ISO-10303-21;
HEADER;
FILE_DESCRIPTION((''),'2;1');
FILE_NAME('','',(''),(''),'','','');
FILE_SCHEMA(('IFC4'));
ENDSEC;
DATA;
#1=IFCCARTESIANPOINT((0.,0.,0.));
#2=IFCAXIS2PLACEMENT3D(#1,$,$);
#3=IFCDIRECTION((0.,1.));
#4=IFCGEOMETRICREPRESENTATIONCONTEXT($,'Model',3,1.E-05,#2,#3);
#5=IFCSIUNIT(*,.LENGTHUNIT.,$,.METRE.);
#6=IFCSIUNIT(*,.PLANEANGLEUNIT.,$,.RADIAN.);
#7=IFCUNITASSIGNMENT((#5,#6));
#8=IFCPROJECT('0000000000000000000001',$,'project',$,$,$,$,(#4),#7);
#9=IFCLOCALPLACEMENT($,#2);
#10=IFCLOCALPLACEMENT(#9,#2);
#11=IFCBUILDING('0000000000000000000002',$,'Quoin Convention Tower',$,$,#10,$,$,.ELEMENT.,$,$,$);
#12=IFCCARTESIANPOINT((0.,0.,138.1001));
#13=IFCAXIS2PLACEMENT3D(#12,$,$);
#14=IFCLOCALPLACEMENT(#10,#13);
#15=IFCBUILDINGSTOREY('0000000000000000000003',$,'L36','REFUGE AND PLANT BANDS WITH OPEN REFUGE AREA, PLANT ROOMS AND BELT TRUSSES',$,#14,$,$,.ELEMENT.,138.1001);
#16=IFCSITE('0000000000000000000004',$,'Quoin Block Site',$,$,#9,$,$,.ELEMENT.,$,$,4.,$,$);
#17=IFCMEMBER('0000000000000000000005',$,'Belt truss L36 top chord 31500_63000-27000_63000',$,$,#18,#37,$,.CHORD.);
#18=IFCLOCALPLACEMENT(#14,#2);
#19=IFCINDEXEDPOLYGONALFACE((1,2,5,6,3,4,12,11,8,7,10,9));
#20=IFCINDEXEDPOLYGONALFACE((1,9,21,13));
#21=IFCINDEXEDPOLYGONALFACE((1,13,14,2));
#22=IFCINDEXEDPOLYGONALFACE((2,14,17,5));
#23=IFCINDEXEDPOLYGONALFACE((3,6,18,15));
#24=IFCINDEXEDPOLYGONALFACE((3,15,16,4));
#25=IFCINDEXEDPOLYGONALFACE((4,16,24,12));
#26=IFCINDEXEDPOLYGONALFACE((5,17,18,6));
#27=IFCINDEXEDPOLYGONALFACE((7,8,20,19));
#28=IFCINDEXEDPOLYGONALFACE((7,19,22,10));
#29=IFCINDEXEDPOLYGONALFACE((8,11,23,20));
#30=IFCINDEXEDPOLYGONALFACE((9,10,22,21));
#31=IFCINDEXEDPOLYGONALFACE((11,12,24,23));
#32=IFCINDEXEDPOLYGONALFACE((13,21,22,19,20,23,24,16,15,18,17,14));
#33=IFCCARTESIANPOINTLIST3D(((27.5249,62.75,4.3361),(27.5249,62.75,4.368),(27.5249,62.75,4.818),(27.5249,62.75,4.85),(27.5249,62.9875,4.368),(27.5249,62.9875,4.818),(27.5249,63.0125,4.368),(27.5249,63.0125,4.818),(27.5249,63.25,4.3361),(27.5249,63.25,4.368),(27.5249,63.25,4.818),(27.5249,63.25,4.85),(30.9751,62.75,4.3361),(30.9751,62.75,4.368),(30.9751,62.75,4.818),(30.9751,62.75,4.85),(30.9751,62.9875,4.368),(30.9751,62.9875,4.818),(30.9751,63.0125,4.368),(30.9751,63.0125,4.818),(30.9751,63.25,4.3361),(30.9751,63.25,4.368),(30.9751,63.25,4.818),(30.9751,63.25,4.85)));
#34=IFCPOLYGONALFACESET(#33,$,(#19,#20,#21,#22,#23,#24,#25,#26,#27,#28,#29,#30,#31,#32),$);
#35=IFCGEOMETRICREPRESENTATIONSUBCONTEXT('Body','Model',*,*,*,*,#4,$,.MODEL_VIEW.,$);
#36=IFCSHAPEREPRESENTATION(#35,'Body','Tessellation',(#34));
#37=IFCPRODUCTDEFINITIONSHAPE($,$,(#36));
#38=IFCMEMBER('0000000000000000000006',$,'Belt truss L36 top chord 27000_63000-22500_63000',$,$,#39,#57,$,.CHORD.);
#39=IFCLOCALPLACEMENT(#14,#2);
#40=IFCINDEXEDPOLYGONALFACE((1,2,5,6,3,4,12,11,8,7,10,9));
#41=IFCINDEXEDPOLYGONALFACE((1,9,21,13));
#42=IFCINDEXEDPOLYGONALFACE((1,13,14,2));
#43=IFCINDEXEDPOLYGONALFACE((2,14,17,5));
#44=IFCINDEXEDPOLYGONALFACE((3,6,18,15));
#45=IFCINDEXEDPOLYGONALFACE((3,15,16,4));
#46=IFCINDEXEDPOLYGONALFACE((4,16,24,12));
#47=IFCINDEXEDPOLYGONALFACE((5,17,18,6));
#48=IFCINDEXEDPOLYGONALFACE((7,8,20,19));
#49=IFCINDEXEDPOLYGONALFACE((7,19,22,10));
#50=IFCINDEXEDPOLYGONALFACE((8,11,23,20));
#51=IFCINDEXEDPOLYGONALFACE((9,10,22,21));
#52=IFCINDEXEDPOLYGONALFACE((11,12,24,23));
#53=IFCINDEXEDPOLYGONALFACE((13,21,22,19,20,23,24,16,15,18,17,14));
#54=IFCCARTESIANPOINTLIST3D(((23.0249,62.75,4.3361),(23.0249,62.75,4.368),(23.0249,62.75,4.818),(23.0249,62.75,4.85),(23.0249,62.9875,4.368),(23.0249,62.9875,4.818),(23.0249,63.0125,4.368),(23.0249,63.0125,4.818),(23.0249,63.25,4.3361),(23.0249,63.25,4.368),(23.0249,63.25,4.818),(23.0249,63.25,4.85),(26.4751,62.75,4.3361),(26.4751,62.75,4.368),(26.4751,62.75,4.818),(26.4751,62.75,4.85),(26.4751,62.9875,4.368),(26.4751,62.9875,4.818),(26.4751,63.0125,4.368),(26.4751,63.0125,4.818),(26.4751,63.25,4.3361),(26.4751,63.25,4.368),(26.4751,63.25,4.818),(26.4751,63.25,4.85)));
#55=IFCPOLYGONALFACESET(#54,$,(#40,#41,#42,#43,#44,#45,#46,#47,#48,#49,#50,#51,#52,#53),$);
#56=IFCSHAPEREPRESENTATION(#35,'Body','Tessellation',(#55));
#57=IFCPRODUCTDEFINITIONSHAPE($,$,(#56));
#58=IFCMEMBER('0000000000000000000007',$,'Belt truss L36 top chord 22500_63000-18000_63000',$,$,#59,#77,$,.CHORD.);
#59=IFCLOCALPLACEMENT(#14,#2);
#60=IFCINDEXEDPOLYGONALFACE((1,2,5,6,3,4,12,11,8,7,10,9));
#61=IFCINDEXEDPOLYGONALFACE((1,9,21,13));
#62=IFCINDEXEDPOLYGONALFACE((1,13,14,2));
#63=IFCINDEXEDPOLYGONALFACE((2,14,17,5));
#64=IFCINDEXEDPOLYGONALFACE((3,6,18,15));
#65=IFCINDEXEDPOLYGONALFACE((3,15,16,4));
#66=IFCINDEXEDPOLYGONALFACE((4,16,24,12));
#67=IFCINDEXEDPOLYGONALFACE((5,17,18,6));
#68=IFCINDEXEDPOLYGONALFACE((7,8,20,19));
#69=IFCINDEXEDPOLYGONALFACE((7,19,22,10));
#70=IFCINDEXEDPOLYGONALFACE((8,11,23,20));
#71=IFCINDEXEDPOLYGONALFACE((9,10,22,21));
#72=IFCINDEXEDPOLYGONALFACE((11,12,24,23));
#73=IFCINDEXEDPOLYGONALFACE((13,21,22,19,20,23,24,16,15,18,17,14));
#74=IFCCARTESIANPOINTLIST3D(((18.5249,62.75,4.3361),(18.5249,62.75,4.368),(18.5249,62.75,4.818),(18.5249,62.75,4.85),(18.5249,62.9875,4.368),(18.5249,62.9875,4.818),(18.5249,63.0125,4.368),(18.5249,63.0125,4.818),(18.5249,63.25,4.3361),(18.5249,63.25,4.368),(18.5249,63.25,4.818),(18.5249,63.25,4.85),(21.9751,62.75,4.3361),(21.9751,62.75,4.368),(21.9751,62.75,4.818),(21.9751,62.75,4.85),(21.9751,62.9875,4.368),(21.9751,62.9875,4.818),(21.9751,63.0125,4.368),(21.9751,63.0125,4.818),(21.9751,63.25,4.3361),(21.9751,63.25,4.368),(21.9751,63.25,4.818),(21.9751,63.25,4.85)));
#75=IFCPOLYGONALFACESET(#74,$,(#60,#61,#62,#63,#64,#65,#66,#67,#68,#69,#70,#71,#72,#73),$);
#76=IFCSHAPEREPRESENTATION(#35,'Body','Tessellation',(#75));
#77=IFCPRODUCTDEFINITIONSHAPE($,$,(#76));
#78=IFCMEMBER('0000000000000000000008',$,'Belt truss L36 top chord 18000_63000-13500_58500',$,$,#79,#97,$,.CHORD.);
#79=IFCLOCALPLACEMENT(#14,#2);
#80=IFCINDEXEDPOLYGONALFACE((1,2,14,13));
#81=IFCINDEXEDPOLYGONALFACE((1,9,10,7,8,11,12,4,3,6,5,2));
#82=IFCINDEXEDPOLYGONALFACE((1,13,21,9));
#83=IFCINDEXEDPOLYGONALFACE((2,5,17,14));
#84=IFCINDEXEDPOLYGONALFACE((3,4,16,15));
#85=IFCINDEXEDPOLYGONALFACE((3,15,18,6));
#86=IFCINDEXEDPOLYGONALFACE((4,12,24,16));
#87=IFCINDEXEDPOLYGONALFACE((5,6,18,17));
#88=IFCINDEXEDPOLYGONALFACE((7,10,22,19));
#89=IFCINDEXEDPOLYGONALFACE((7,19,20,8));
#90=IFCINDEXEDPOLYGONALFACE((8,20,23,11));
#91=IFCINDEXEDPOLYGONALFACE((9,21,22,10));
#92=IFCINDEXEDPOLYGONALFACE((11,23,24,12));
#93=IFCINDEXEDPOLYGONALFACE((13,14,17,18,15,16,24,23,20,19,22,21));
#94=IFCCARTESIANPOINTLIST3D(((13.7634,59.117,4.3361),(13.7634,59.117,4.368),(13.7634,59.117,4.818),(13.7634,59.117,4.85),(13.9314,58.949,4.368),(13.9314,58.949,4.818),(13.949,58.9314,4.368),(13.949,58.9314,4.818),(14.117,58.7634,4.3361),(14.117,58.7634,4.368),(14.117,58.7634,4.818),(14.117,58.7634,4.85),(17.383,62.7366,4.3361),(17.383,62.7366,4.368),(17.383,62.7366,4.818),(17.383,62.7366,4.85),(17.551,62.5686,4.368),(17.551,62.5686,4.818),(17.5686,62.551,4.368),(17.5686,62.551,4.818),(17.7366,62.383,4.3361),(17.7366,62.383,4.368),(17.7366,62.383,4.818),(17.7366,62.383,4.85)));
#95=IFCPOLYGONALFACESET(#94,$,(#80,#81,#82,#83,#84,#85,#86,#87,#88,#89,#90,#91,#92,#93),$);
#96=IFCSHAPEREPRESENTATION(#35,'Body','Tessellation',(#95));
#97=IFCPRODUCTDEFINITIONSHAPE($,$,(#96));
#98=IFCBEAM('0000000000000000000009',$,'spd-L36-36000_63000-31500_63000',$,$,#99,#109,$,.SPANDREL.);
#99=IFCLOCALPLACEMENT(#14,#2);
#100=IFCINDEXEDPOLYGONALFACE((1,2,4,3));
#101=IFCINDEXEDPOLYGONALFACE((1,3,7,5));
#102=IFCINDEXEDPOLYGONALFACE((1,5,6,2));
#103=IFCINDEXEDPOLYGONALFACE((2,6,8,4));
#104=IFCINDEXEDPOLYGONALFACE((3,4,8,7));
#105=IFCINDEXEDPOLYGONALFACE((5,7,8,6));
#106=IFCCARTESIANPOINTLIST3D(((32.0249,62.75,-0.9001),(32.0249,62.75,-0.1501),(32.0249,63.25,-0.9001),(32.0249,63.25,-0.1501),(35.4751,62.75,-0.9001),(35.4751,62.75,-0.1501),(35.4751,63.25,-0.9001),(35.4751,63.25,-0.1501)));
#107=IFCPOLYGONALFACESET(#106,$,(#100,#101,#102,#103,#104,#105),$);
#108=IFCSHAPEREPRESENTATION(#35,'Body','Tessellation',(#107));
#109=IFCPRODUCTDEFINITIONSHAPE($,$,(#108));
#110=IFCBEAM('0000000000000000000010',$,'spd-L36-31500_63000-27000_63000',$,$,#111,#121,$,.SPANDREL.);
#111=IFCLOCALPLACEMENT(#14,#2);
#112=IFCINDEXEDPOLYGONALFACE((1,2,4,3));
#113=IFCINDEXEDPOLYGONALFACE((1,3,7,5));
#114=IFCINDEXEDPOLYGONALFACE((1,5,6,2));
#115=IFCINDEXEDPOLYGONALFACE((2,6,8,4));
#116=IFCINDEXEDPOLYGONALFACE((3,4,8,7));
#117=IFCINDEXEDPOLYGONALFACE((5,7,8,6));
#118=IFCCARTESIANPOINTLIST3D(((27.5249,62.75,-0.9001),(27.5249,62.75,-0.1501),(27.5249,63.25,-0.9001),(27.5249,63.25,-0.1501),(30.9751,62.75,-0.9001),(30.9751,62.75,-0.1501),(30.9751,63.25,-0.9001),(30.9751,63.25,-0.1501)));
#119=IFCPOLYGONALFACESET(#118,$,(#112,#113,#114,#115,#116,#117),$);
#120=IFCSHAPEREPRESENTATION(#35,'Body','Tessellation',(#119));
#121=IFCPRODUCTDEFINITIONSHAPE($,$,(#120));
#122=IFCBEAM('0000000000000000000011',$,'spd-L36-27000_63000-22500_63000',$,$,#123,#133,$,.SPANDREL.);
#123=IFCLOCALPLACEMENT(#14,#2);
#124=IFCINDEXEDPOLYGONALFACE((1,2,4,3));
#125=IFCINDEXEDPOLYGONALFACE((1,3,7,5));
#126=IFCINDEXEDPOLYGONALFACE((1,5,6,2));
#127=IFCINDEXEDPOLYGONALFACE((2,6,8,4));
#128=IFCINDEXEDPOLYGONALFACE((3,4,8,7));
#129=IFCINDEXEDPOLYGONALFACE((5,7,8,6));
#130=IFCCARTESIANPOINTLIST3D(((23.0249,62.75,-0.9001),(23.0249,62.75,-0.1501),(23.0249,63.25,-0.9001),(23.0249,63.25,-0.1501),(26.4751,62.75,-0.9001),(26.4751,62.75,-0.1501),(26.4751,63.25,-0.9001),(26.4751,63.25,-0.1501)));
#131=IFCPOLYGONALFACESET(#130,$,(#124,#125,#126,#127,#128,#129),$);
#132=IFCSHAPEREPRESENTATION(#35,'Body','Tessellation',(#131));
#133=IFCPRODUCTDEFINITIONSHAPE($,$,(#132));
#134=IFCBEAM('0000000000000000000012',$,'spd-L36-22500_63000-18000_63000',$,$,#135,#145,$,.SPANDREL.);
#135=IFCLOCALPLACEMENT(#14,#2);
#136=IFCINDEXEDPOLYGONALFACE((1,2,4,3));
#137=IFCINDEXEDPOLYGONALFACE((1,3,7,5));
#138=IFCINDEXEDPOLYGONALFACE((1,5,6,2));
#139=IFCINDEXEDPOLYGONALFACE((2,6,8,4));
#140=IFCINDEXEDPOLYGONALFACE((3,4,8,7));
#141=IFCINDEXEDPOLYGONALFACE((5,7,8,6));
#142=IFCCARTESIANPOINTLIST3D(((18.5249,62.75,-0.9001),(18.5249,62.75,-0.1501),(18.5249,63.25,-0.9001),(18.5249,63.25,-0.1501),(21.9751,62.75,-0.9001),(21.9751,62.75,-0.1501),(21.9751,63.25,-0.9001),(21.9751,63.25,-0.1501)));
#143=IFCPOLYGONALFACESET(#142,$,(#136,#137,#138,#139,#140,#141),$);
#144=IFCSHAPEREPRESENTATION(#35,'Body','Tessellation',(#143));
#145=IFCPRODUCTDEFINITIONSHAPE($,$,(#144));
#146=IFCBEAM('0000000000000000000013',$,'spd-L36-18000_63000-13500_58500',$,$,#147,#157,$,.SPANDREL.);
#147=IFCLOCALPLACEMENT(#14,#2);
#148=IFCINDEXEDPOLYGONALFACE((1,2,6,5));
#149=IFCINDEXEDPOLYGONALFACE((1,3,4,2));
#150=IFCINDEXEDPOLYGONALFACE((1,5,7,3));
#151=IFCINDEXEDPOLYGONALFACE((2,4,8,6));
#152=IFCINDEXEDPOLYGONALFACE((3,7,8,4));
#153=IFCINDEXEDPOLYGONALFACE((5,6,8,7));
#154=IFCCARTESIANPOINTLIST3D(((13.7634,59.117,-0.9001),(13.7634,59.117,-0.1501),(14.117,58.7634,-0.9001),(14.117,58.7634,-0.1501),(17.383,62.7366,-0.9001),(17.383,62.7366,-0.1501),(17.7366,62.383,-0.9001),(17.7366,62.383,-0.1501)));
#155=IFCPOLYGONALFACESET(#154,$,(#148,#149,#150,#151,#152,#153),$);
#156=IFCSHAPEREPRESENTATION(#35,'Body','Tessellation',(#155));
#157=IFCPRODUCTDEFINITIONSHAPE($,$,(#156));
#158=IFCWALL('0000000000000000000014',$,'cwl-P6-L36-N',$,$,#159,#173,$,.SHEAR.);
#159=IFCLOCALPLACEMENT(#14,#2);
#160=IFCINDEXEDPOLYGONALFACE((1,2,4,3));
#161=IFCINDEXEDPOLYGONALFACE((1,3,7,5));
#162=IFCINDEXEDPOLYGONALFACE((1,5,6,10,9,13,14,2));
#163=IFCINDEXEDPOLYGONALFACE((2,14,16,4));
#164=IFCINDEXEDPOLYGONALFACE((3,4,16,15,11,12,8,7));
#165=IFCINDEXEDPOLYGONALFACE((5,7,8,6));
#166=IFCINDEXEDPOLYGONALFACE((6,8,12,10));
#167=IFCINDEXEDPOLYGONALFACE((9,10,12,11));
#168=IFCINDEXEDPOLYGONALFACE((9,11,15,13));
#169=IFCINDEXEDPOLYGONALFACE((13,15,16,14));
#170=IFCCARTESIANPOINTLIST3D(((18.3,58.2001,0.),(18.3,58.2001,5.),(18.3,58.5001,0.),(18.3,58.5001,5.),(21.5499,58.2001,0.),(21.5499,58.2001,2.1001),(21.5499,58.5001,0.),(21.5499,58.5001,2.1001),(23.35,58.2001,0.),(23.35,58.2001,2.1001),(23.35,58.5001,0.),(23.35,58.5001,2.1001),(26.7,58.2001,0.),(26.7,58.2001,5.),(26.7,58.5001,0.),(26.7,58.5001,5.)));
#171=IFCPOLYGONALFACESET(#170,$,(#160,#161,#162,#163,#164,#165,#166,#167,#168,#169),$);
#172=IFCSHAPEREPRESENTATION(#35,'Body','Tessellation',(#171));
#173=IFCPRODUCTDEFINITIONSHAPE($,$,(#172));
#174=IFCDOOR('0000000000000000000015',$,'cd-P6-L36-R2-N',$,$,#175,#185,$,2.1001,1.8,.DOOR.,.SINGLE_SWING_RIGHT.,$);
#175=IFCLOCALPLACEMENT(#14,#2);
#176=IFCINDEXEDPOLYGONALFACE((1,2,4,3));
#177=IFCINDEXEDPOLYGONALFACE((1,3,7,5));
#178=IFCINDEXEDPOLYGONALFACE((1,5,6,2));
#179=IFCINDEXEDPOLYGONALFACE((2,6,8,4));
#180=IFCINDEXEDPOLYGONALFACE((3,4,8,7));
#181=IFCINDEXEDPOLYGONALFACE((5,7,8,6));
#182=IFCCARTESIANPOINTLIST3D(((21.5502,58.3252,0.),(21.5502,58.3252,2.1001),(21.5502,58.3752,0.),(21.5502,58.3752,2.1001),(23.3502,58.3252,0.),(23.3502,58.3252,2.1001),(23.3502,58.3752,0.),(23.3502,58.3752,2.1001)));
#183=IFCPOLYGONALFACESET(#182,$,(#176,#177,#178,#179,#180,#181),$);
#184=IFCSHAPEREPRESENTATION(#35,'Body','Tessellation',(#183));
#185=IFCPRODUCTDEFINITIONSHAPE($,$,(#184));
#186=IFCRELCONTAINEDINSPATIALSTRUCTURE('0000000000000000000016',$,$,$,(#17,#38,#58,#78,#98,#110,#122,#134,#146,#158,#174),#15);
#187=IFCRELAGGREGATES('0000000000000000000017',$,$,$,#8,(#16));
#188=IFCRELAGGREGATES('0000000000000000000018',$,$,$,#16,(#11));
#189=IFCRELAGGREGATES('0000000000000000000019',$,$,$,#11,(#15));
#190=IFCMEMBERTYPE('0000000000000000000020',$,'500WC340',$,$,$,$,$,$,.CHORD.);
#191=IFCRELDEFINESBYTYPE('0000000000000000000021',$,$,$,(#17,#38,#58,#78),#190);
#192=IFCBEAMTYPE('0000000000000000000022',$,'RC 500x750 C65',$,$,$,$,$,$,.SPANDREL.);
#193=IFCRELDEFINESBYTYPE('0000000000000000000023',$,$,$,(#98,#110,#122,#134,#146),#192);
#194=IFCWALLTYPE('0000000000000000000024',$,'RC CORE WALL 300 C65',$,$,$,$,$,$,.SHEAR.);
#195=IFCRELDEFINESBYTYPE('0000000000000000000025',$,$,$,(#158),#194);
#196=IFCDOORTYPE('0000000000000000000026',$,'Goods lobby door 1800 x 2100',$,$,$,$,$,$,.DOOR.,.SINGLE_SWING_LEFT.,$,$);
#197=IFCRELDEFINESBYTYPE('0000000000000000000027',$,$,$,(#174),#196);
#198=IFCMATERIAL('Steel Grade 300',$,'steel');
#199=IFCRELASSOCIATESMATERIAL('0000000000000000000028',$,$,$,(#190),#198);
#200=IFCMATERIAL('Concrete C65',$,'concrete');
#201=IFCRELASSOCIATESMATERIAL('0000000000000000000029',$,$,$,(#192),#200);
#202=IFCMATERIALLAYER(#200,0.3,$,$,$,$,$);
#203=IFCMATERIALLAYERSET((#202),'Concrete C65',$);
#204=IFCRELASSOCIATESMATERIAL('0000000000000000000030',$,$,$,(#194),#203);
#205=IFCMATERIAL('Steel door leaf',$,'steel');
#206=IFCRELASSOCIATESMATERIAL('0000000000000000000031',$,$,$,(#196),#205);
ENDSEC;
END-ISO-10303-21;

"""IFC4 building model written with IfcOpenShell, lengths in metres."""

from ifc_helpers import new_model, si_unit, direction, frame, frame_2d, origin, origin_2d, place, context, subcontext, project, spatial, rectangle, i_section, extrude, material, layer, layer_set, material_profile, profile_set, type_object, element, fill, save


model = new_model("IFC4")

# Units and contexts
model_context = context("Model", 3, precision=1e-05, world=origin(), true_north=direction((0.0, 1.0)))
body_context = subcontext(model_context, "Body", "Model", "MODEL_VIEW")
ifc_project = project(units=[si_unit("LENGTHUNIT", "METRE"), si_unit("PLANEANGLEUNIT", "RADIAN")], contexts=[model_context])

# Site, building, storey
site_placement = place(None, origin())
site = spatial("IfcSite", under=ifc_project, at=site_placement, Name="Quoin Block Site", CompositionType="ELEMENT", RefElevation=4.0)
building_placement = place(site_placement, origin())
building = spatial("IfcBuilding", under=site, at=building_placement, Name="Quoin Convention Tower", CompositionType="ELEMENT")
storey_placement = place(building_placement, frame((0.0, 0.0, 138.1001)))
storey = spatial("IfcBuildingStorey", under=building, at=storey_placement, Name="L36", Description="REFUGE AND PLANT BANDS WITH OPEN REFUGE AREA, PLANT ROOMS AND BELT TRUSSES", CompositionType="ELEMENT", Elevation=138.1001)

# Shared definitions
ifc_material_1 = material(Name="Concrete C65", Category="concrete")

# Shared definitions
ifc_material_2 = material(Name="Steel Grade 300", Category="steel")

# Members
ifc_material_profile_1 = material_profile(ifc_material_2, i_section(OverallWidth=0.5, OverallDepth=0.5139, WebThickness=0.0249, FlangeThickness=0.032, at=origin_2d()), Name="500WC340")
ifc_profile_set_1 = profile_set([ifc_material_profile_1], Name="Steel Grade 300")
member_type_1 = type_object("IfcMemberType", Name="500WC340", PredefinedType="CHORD", material=ifc_profile_set_1)
for number, where, z_axis, x_axis, name in (
    (1, (30.9751, 63.0, 4.593), (-1.0, 0.0, 0.0), (0.0, -1.0, 0.0), "Belt truss L36 top chord 31500_63000-27000_63000"),
    (2, (26.4751, 63.0, 4.593), (-1.0, 0.0, 0.0), (0.0, -1.0, 0.0), "Belt truss L36 top chord 27000_63000-22500_63000"),
    (3, (21.9751, 63.0, 4.593), (-1.0, 0.0, 0.0), (0.0, -1.0, 0.0), "Belt truss L36 top chord 22500_63000-18000_63000"),
):
    element("IfcMember", number, at=place(storey_placement, frame(where, z_axis=z_axis, x_axis=x_axis)), inside=storey, type_object=member_type_1, Name=name, PredefinedType="CHORD", context=body_context, shape_type="SweptSolid", body=[
        extrude(i_section(OverallWidth=0.5, OverallDepth=0.5139, WebThickness=0.0249, FlangeThickness=0.032, at=origin_2d()), origin(), (0.0, 0.0, 1.0), 3.4502),
    ])
member_1_placement = place(storey_placement, frame((17.5598, 62.5598, 4.593), z_axis=(-0.707107, -0.707107, 0.0), x_axis=(0.707107, -0.707107, 0.0)))
element("IfcMember", 4, at=member_1_placement, inside=storey, type_object=member_type_1, Name="Belt truss L36 top chord 18000_63000-13500_58500", PredefinedType="CHORD", context=body_context, shape_type="SweptSolid", body=[
    extrude(i_section(OverallWidth=0.5, OverallDepth=0.5139, WebThickness=0.0249, FlangeThickness=0.032, at=origin_2d()), origin(), (0.0, 0.0, 1.0), 5.1189),
])

# Beams
ifc_material_profile_2 = material_profile(ifc_material_1, rectangle(XDim=0.5, YDim=0.75, at=origin_2d()), Name="RC 500x750")
ifc_profile_set_2 = profile_set([ifc_material_profile_2], Name="Concrete C65")
beam_type_1 = type_object("IfcBeamType", Name="RC 500x750 C65", PredefinedType="SPANDREL", material=ifc_profile_set_2)
for number, where, z_axis, x_axis, name in (
    (5, (35.4751, 63.0, -0.5251), (-1.0, 0.0, 0.0), (0.0, -1.0, 0.0), "spd-L36-36000_63000-31500_63000"),
    (6, (30.9751, 63.0, -0.5251), (-1.0, 0.0, 0.0), (0.0, -1.0, 0.0), "spd-L36-31500_63000-27000_63000"),
    (7, (26.4751, 63.0, -0.5251), (-1.0, 0.0, 0.0), (0.0, -1.0, 0.0), "spd-L36-27000_63000-22500_63000"),
    (8, (21.9751, 63.0, -0.5251), (-1.0, 0.0, 0.0), (0.0, -1.0, 0.0), "spd-L36-22500_63000-18000_63000"),
):
    element("IfcBeam", number, at=place(storey_placement, frame(where, z_axis=z_axis, x_axis=x_axis)), inside=storey, type_object=beam_type_1, Name=name, PredefinedType="SPANDREL", context=body_context, shape_type="SweptSolid", body=[
        extrude(rectangle(XDim=0.5, YDim=0.75, at=origin_2d()), origin(), (0.0, 0.0, 1.0), 3.4502),
    ])
beam_1_placement = place(storey_placement, frame((17.5598, 62.5598, -0.5251), z_axis=(-0.707107, -0.707107, 0.0), x_axis=(0.707107, -0.707107, 0.0)))
element("IfcBeam", 9, at=beam_1_placement, inside=storey, type_object=beam_type_1, Name="spd-L36-18000_63000-13500_58500", PredefinedType="SPANDREL", context=body_context, shape_type="SweptSolid", body=[
    extrude(rectangle(XDim=0.5, YDim=0.75, at=origin_2d()), origin(), (0.0, 0.0, 1.0), 5.1189),
])

# Wall, opening, door
ifc_layer = layer(ifc_material_1, 0.3)
ifc_layer_set = layer_set([ifc_layer], Name="Concrete C65")
wall_type = type_object("IfcWallType", Name="RC CORE WALL 300 C65", PredefinedType="SHEAR", material=ifc_layer_set)
wall_placement = place(storey_placement, frame((18.3, 58.3501, 0.0), z_axis=(0.0, 0.0, 1.0), x_axis=(1.0, 0.0, 0.0)))
wall = element("IfcWall", 10, at=wall_placement, inside=storey, type_object=wall_type, Name="cwl-P6-L36-N", PredefinedType="SHEAR", context=body_context, shape_type="SweptSolid", body=[
    extrude(rectangle(XDim=8.3999, YDim=0.3, at=frame_2d((4.2, 0.0))), origin(), (0.0, 0.0, 1.0), 5.0),
])
opening_placement = place(wall_placement, frame((3.25, 0.0, 0.0)))
opening = element("IfcOpeningElement", 11, at=opening_placement, cuts=wall, PredefinedType="OPENING", context=body_context, shape_type="SweptSolid", body=[
    extrude(rectangle(XDim=1.8, YDim=2.1001, at=frame_2d((0.8999, 1.05))), frame((0.0, 0.1599, 0.0), z_axis=(0.0, -1.0, 0.0), x_axis=(1.0, 0.0, 0.0)), (0.0, 0.0, 1.0), 0.3201),
])
ifc_material_3 = material(Name="Steel door leaf", Category="steel")
door_type = type_object("IfcDoorType", Name="Goods lobby door 1800 x 2100", OperationType="SINGLE_SWING_LEFT", PredefinedType="DOOR", material=ifc_material_3)
door_placement = place(opening_placement, frame((1.8, 0.0, 0.0), z_axis=(0.0, 0.0, 1.0), x_axis=(-1.0, 0.0, 0.0)))
door = element("IfcDoor", 12, at=door_placement, inside=storey, type_object=door_type, Name="cd-P6-L36-R2-N", OperationType="SINGLE_SWING_RIGHT", OverallHeight=2.1001, OverallWidth=1.8, PredefinedType="DOOR", context=body_context, shape_type="SweptSolid", body=[
    extrude(rectangle(XDim=1.8, YDim=2.1001, at=frame_2d((0.8999, 1.05))), frame((0.0, 0.0249, 0.0), z_axis=(0.0, -1.0, 0.0), x_axis=(1.0, 0.0, 0.0)), (0.0, 0.0, 1.0), 0.05),
])
fill(opening, door)

save(model, "model.ifc")
